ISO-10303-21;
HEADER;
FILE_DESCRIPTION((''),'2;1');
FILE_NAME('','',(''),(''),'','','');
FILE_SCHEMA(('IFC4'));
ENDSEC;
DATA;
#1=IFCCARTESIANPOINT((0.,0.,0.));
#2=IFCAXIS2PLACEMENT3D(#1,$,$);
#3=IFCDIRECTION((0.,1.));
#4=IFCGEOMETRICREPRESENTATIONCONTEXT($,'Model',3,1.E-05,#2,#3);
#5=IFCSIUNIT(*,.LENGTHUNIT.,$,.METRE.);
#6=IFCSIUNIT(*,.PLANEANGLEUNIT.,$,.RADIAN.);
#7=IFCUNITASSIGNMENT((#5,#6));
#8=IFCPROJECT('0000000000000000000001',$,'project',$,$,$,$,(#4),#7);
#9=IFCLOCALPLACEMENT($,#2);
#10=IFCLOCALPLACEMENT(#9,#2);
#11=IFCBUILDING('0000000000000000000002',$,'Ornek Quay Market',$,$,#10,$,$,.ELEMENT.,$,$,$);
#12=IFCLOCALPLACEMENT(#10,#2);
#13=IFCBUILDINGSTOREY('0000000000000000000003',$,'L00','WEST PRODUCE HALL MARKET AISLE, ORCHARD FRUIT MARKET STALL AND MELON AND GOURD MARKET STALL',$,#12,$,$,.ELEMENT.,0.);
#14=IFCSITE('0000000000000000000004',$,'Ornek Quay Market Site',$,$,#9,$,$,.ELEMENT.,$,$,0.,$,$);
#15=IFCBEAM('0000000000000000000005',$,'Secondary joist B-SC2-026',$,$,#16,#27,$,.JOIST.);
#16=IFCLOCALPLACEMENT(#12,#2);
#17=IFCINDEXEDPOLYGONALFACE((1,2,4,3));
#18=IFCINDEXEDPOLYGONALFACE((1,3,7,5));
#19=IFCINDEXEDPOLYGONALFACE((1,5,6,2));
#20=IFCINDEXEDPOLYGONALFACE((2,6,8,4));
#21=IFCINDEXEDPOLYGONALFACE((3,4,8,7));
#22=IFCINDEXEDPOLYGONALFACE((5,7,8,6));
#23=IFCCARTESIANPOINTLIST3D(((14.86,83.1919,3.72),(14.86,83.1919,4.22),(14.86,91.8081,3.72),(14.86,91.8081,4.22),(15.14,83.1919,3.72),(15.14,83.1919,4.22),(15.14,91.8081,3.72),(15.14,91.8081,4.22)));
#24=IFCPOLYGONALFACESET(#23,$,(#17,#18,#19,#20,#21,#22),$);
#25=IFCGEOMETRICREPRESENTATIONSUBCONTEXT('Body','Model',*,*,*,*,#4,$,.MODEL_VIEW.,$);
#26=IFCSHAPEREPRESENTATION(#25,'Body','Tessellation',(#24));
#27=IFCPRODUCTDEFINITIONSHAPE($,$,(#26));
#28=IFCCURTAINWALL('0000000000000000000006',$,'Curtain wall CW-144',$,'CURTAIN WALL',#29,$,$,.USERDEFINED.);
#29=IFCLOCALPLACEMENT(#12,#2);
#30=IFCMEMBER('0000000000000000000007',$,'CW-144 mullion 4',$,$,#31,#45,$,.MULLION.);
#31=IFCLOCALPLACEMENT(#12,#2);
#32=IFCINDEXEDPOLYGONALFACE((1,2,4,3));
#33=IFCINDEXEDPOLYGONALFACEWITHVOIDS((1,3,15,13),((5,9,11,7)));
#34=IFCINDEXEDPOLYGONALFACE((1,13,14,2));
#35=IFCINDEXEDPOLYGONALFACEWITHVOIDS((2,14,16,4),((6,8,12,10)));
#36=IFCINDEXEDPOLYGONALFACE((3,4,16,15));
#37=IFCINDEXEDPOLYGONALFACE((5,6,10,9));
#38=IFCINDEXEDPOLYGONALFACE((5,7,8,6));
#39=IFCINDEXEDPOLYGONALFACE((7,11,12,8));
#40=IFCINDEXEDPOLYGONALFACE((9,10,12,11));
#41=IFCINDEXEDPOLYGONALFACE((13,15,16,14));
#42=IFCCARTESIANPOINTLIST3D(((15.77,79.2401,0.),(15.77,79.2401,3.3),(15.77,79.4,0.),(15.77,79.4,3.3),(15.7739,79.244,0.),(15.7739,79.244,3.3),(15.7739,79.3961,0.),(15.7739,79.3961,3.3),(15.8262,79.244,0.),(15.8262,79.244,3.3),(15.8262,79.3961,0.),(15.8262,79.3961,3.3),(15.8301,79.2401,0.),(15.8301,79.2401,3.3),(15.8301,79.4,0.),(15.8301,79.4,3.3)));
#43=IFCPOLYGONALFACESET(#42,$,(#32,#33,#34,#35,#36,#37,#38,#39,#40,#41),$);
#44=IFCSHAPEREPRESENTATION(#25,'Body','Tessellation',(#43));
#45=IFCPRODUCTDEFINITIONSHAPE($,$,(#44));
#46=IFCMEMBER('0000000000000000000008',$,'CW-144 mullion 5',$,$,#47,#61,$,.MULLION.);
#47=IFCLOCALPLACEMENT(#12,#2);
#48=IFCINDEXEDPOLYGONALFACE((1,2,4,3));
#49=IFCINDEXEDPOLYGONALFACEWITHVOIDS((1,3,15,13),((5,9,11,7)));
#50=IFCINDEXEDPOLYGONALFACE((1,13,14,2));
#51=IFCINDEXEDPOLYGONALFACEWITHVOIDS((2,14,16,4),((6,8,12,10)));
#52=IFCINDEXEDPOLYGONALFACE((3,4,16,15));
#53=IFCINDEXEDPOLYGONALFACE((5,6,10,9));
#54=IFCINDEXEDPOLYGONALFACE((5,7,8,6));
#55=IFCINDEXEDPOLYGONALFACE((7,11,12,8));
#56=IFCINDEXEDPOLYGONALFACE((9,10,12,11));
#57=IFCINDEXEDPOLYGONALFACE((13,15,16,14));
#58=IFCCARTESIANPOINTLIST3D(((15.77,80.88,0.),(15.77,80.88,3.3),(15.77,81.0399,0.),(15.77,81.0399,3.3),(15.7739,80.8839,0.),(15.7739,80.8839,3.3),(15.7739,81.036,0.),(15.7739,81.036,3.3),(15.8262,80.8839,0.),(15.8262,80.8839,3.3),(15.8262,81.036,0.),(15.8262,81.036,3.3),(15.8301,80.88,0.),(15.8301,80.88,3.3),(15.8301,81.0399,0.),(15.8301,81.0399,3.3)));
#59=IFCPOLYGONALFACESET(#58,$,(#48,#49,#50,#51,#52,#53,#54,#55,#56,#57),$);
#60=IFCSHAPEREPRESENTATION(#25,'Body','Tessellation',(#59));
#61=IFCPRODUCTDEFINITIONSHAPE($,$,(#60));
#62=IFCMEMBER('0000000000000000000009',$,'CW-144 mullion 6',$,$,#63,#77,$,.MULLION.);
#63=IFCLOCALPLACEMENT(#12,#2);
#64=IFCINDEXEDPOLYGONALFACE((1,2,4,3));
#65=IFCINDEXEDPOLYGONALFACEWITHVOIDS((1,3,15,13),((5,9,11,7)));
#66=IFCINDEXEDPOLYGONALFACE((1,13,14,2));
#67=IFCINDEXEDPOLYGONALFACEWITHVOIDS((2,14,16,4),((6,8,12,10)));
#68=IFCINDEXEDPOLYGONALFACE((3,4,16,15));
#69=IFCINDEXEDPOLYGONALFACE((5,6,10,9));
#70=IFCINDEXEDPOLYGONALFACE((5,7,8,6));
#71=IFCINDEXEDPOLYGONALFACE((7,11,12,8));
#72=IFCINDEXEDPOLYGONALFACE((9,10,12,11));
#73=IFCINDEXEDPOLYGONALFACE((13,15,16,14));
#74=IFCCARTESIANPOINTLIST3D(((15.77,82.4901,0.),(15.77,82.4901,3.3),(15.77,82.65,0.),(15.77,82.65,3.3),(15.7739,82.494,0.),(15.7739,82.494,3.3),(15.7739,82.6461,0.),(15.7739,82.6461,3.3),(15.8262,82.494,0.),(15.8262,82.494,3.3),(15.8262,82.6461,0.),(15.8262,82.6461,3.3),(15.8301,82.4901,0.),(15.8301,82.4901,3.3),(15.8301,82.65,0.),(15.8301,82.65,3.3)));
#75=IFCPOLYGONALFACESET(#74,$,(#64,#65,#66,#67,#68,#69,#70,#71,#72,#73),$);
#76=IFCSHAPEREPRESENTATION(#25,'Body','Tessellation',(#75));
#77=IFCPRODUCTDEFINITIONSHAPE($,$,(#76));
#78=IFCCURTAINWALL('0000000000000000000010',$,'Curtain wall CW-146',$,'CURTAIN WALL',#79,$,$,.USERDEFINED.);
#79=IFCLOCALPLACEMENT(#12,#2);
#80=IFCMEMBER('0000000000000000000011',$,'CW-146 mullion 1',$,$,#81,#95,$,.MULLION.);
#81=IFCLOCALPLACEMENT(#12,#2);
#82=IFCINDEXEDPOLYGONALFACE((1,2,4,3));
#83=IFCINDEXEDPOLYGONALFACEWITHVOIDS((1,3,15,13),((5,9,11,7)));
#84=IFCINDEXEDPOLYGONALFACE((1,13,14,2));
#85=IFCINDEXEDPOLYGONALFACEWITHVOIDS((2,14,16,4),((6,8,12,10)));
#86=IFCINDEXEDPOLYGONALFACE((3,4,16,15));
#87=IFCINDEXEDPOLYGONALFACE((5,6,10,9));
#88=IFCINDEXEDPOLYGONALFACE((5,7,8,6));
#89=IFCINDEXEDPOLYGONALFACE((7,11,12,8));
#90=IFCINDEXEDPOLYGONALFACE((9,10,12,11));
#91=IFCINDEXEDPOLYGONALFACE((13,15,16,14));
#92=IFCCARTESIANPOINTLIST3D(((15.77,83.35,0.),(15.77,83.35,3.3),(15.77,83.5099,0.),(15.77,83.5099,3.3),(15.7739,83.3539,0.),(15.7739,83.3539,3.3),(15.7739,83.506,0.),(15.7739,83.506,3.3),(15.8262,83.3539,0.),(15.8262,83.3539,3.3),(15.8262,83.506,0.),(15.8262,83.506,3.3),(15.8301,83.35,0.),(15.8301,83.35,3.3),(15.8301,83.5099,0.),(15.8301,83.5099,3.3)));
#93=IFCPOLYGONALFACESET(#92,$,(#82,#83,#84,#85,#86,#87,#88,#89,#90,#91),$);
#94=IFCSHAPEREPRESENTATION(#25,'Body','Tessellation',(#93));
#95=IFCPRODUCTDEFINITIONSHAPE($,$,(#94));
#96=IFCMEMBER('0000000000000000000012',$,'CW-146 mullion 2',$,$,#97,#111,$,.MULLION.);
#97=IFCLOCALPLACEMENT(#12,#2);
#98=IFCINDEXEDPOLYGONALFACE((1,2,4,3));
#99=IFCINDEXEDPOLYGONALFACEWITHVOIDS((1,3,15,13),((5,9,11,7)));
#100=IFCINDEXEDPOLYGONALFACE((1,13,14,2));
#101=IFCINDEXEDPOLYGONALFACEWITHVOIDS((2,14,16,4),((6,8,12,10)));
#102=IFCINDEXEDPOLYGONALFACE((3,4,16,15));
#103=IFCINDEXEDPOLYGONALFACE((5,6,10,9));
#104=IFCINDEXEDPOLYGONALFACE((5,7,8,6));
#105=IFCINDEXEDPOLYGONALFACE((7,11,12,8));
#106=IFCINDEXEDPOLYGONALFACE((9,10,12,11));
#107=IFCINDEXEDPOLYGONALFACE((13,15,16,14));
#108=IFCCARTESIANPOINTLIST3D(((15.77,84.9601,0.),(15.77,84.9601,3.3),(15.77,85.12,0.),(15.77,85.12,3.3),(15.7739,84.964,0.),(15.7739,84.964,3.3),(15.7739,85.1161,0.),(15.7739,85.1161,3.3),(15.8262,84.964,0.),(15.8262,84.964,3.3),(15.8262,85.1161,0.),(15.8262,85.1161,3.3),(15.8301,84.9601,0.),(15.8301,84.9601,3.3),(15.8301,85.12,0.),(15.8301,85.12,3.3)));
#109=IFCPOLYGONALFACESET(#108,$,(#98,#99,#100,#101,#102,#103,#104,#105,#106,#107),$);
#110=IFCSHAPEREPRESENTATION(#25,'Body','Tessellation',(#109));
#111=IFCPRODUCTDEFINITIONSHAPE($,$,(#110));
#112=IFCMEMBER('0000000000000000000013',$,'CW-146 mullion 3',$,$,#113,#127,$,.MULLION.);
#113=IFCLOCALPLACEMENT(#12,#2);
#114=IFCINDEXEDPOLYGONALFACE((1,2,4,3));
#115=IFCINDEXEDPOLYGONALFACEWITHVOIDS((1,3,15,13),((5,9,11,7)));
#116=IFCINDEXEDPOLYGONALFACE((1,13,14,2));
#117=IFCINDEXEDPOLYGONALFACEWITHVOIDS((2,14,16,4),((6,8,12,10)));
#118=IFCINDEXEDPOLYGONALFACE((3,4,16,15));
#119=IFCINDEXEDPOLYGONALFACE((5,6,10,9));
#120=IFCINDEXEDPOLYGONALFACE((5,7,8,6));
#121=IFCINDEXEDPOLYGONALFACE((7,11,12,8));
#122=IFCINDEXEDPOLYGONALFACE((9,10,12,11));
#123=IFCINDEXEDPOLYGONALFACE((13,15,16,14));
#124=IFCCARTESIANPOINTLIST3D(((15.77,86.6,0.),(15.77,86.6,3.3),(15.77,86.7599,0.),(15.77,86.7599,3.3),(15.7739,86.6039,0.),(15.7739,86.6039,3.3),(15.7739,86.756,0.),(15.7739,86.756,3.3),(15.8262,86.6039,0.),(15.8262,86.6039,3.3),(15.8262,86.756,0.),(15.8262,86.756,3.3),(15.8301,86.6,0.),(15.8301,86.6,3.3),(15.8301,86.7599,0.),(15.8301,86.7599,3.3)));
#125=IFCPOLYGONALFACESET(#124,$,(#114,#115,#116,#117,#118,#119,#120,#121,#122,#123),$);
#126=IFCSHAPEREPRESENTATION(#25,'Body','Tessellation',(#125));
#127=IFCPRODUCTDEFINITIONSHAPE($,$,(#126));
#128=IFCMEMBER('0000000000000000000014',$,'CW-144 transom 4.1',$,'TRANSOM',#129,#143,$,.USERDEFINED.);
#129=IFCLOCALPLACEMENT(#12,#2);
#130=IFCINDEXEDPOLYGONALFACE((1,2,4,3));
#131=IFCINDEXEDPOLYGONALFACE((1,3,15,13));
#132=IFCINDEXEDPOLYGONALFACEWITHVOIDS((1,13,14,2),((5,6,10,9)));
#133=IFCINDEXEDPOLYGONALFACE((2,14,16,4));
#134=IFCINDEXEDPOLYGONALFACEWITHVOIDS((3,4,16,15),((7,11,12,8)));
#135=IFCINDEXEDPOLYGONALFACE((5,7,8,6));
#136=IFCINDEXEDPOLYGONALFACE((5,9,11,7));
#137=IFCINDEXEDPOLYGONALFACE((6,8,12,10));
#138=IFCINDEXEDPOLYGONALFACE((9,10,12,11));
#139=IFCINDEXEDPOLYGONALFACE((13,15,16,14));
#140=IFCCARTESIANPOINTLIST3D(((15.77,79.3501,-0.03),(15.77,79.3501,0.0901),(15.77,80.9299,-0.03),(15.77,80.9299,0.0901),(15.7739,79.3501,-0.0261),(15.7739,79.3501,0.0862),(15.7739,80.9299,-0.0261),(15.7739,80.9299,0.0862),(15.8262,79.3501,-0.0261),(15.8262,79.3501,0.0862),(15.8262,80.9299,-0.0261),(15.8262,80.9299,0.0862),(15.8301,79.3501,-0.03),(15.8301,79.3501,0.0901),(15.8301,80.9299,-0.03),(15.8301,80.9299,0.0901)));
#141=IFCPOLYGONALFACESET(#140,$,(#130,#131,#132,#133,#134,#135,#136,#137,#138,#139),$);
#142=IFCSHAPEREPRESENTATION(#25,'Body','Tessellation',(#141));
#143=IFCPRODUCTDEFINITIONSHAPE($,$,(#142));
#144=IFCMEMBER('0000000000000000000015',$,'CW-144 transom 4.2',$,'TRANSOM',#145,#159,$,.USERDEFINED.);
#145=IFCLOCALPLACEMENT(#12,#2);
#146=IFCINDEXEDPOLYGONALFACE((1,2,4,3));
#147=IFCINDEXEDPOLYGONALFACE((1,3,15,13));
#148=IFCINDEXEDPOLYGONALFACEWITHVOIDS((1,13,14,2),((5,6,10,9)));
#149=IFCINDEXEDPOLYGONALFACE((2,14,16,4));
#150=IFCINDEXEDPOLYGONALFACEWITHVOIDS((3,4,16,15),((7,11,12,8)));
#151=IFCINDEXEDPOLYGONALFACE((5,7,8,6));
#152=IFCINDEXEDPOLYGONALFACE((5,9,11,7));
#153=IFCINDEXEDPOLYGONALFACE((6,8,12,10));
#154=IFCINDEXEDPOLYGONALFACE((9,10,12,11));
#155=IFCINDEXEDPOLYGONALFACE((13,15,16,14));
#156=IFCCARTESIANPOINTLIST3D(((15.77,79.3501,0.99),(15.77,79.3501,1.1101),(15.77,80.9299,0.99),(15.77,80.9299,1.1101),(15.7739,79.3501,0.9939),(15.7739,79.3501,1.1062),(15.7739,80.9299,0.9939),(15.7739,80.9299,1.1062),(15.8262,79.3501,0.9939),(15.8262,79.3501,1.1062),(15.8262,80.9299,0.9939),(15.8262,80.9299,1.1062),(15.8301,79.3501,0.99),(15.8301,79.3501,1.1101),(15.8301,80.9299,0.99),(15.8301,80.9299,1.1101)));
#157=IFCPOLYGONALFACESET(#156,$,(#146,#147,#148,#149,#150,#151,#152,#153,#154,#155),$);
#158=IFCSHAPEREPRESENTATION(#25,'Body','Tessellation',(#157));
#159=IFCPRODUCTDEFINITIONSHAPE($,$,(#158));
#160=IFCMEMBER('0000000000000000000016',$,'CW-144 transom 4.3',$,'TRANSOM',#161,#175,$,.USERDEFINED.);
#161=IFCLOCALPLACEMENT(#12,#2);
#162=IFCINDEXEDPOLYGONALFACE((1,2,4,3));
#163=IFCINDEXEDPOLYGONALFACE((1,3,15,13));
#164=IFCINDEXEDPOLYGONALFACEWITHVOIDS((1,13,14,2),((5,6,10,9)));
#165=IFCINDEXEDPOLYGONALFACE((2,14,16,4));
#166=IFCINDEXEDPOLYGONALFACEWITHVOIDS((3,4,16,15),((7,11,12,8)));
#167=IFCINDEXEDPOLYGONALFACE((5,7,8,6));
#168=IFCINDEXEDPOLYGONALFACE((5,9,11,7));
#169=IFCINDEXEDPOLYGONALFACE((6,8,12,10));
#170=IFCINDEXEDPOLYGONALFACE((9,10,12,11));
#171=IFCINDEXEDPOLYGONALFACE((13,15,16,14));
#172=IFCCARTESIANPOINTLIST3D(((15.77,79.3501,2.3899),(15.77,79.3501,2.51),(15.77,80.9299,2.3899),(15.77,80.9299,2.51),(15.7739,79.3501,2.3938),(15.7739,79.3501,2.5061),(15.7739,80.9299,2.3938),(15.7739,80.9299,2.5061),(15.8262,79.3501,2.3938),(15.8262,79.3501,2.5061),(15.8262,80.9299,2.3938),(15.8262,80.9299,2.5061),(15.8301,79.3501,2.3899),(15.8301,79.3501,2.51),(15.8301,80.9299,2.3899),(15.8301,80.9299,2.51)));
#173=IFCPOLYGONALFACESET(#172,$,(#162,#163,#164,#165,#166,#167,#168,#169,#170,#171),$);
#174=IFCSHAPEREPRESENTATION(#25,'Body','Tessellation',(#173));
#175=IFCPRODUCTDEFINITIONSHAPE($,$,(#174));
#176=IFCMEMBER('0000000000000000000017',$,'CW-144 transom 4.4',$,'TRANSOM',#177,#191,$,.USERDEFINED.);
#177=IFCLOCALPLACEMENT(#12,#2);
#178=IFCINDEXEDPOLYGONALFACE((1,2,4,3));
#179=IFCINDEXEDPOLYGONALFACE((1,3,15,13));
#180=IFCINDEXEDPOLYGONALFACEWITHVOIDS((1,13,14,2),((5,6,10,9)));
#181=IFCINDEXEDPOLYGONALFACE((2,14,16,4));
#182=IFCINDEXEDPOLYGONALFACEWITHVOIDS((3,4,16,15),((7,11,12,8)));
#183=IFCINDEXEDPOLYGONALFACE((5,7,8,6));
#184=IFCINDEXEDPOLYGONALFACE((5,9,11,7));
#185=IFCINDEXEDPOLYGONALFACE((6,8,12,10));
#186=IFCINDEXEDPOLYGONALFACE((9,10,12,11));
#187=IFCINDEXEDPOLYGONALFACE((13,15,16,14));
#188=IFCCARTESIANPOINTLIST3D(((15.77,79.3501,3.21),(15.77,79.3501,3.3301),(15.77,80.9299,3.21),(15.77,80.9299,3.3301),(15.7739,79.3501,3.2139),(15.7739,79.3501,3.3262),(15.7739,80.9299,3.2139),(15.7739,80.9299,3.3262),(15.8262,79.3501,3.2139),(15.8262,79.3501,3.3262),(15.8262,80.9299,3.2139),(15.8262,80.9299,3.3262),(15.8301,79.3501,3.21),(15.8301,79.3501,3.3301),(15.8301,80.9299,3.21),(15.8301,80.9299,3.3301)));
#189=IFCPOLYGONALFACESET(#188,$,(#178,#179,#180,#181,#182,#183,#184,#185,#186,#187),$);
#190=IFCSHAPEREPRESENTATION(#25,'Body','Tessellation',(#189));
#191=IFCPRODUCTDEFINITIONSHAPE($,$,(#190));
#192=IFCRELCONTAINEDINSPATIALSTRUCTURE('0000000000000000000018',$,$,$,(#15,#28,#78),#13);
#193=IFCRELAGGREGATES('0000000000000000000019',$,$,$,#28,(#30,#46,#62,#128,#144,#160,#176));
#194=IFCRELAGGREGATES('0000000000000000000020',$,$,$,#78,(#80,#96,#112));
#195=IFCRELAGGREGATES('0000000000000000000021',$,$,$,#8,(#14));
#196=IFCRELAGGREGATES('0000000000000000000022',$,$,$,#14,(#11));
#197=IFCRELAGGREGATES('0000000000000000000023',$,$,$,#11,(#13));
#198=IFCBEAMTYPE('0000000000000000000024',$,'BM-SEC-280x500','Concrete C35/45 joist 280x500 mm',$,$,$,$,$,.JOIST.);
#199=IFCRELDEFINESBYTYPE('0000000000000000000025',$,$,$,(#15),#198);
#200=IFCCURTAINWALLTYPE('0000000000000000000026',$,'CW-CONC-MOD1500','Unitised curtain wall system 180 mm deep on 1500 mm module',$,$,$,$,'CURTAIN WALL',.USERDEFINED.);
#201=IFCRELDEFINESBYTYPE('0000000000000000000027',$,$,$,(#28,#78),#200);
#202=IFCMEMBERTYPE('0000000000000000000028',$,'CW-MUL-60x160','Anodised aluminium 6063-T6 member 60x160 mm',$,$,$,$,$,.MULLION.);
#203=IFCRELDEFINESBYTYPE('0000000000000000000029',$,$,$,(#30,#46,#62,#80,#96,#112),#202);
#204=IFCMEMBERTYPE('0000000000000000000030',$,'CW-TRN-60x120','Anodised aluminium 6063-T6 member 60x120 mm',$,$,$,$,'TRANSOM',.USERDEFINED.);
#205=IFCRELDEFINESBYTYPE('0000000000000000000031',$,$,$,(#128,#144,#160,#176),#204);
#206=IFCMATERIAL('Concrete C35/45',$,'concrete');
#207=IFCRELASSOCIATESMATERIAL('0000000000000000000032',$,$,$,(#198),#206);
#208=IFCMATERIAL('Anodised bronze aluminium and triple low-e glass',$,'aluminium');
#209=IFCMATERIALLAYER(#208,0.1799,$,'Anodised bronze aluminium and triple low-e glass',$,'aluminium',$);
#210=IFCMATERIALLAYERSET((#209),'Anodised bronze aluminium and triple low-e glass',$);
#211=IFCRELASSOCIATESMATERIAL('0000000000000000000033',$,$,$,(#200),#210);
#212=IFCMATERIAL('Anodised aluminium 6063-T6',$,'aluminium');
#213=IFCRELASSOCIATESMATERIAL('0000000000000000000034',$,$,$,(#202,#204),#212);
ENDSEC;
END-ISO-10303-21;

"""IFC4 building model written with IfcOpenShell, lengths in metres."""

from ifc_helpers import new_model, si_unit, direction, frame, origin, origin_2d, place, context, subcontext, project, spatial, rectangle, hollow_rectangle, extrude, material, layer, layer_set, material_profile, profile_set, type_object, element, aggregate, save


model = new_model("IFC4")

# Units and contexts
model_context = context("Model", 3, precision=1e-05, world=origin(), true_north=direction((0.0, 1.0)))
body_context = subcontext(model_context, "Body", "Model", "MODEL_VIEW")
ifc_project = project(units=[si_unit("LENGTHUNIT", "METRE"), si_unit("PLANEANGLEUNIT", "RADIAN")], contexts=[model_context])

# Site, building, storey
site_placement = place(None, origin())
site = spatial("IfcSite", under=ifc_project, at=site_placement, Name="Ornek Quay Market Site", CompositionType="ELEMENT", RefElevation=0.0)
building_placement = place(site_placement, origin())
building = spatial("IfcBuilding", under=site, at=building_placement, Name="Ornek Quay Market", CompositionType="ELEMENT")
storey_placement = place(building_placement, origin())
storey = spatial("IfcBuildingStorey", under=building, at=storey_placement, Name="L00", Description="WEST PRODUCE HALL MARKET AISLE, ORCHARD FRUIT MARKET STALL AND MELON AND GOURD MARKET STALL", CompositionType="ELEMENT", Elevation=0.0)

# Beam
ifc_material_1 = material(Name="Concrete C35/45", Category="concrete")
ifc_material_profile_1 = material_profile(ifc_material_1, rectangle(XDim=0.28, YDim=0.5, at=origin_2d()), Name="RC 280x500", Category="concrete")
ifc_profile_set_1 = profile_set([ifc_material_profile_1], Name="Concrete C35/45")
beam_type = type_object("IfcBeamType", Name="BM-SEC-280x500", Description="Concrete C35/45 joist 280x500 mm", PredefinedType="JOIST", material=ifc_profile_set_1)
beam_placement = place(storey_placement, frame((15.0, 83.1919, 3.97), z_axis=(0.0, 1.0, 0.0), x_axis=(-1.0, 0.0, 0.0)))
element("IfcBeam", 1, at=beam_placement, inside=storey, type_object=beam_type, Name="Secondary joist B-SC2-026", PredefinedType="JOIST", context=body_context, shape_type="SweptSolid", body=[
    extrude(rectangle(XDim=0.28, YDim=0.5, at=origin_2d()), origin(), (0.0, 0.0, 1.0), 8.6162),
])

# Curtain walls, members
ifc_material_2 = material(Name="Anodised bronze aluminium and triple low-e glass", Category="aluminium")
ifc_layer_1 = layer(ifc_material_2, 0.1799, Name="Anodised bronze aluminium and triple low-e glass", Category="aluminium")
ifc_layer_set_1 = layer_set([ifc_layer_1], Name="Anodised bronze aluminium and triple low-e glass")
curtain_wall_type = type_object("IfcCurtainWallType", Name="CW-CONC-MOD1500", Description="Unitised curtain wall system 180 mm deep on 1500 mm module", ElementType="CURTAIN WALL", PredefinedType="USERDEFINED", material=ifc_layer_set_1)
curtain_wall_1_placement = place(storey_placement, origin())
curtain_wall_1 = element("IfcCurtainWall", 2, at=curtain_wall_1_placement, inside=storey, type_object=curtain_wall_type, Name="Curtain wall CW-144", ObjectType="CURTAIN WALL", PredefinedType="USERDEFINED")
ifc_material_3 = material(Name="Anodised aluminium 6063-T6", Category="aluminium")
ifc_material_profile_2 = material_profile(ifc_material_3, hollow_rectangle(XDim=0.0601, YDim=0.1599, WallThickness=0.0039, at=origin_2d()), Name="CW-MUL-60x160", Category="aluminium")
ifc_profile_set_2 = profile_set([ifc_material_profile_2], Name="Anodised aluminium 6063-T6")
member_type_1 = type_object("IfcMemberType", Name="CW-MUL-60x160", Description="Anodised aluminium 6063-T6 member 60x160 mm", PredefinedType="MULLION", material=ifc_profile_set_2)
member_1_placement = place(storey_placement, frame((15.8, 79.3201, 0.0), z_axis=(0.0, 0.0, 1.0), x_axis=(-1.0, 0.0, 0.0)))
member_1 = element("IfcMember", 3, at=member_1_placement, type_object=member_type_1, Name="CW-144 mullion 4", PredefinedType="MULLION", context=body_context, shape_type="SweptSolid", body=[
    extrude(hollow_rectangle(XDim=0.0601, YDim=0.1599, WallThickness=0.0039, at=origin_2d()), origin(), (0.0, 0.0, 1.0), 3.3),
])
member_2_placement = place(storey_placement, frame((15.8, 80.96, 0.0), z_axis=(0.0, 0.0, 1.0), x_axis=(-1.0, 0.0, 0.0)))
member_2 = element("IfcMember", 4, at=member_2_placement, type_object=member_type_1, Name="CW-144 mullion 5", PredefinedType="MULLION", context=body_context, shape_type="SweptSolid", body=[
    extrude(hollow_rectangle(XDim=0.0601, YDim=0.1599, WallThickness=0.0039, at=origin_2d()), origin(), (0.0, 0.0, 1.0), 3.3),
])
member_3_placement = place(storey_placement, frame((15.8, 82.5701, 0.0), z_axis=(0.0, 0.0, 1.0), x_axis=(-1.0, 0.0, 0.0)))
member_3 = element("IfcMember", 5, at=member_3_placement, type_object=member_type_1, Name="CW-144 mullion 6", PredefinedType="MULLION", context=body_context, shape_type="SweptSolid", body=[
    extrude(hollow_rectangle(XDim=0.0601, YDim=0.1599, WallThickness=0.0039, at=origin_2d()), origin(), (0.0, 0.0, 1.0), 3.3),
])
curtain_wall_2_placement = place(storey_placement, origin())
curtain_wall_2 = element("IfcCurtainWall", 6, at=curtain_wall_2_placement, inside=storey, type_object=curtain_wall_type, Name="Curtain wall CW-146", ObjectType="CURTAIN WALL", PredefinedType="USERDEFINED")
member_4_placement = place(storey_placement, frame((15.8, 83.4299, 0.0), z_axis=(0.0, 0.0, 1.0), x_axis=(-1.0, 0.0, 0.0)))
member_4 = element("IfcMember", 7, at=member_4_placement, type_object=member_type_1, Name="CW-146 mullion 1", PredefinedType="MULLION", context=body_context, shape_type="SweptSolid", body=[
    extrude(hollow_rectangle(XDim=0.0601, YDim=0.1599, WallThickness=0.0039, at=origin_2d()), origin(), (0.0, 0.0, 1.0), 3.3),
])
member_5_placement = place(storey_placement, frame((15.8, 85.04, 0.0), z_axis=(0.0, 0.0, 1.0), x_axis=(-1.0, 0.0, 0.0)))
member_5 = element("IfcMember", 8, at=member_5_placement, type_object=member_type_1, Name="CW-146 mullion 2", PredefinedType="MULLION", context=body_context, shape_type="SweptSolid", body=[
    extrude(hollow_rectangle(XDim=0.0601, YDim=0.1599, WallThickness=0.0039, at=origin_2d()), origin(), (0.0, 0.0, 1.0), 3.3),
])
member_6_placement = place(storey_placement, frame((15.8, 86.6799, 0.0), z_axis=(0.0, 0.0, 1.0), x_axis=(-1.0, 0.0, 0.0)))
member_6 = element("IfcMember", 9, at=member_6_placement, type_object=member_type_1, Name="CW-146 mullion 3", PredefinedType="MULLION", context=body_context, shape_type="SweptSolid", body=[
    extrude(hollow_rectangle(XDim=0.0601, YDim=0.1599, WallThickness=0.0039, at=origin_2d()), origin(), (0.0, 0.0, 1.0), 3.3),
])

# Members
ifc_material_profile_3 = material_profile(ifc_material_3, hollow_rectangle(XDim=0.0601, YDim=0.1201, WallThickness=0.0039, at=origin_2d()), Name="CW-TRN-60x120", Category="aluminium")
ifc_profile_set_3 = profile_set([ifc_material_profile_3], Name="Anodised aluminium 6063-T6")
member_type_2 = type_object("IfcMemberType", Name="CW-TRN-60x120", Description="Anodised aluminium 6063-T6 member 60x120 mm", ElementType="TRANSOM", PredefinedType="USERDEFINED", material=ifc_profile_set_3)
member_7_placement = place(storey_placement, frame((15.8, 79.3501, 0.03), z_axis=(0.0, 1.0, 0.0), x_axis=(-1.0, 0.0, 0.0)))
member_7 = element("IfcMember", 10, at=member_7_placement, type_object=member_type_2, Name="CW-144 transom 4.1", ObjectType="TRANSOM", PredefinedType="USERDEFINED", context=body_context, shape_type="SweptSolid", body=[
    extrude(hollow_rectangle(XDim=0.0601, YDim=0.1201, WallThickness=0.0039, at=origin_2d()), origin(), (0.0, 0.0, 1.0), 1.5798),
])
member_8_placement = place(storey_placement, frame((15.8, 79.3501, 1.05), z_axis=(0.0, 1.0, 0.0), x_axis=(-1.0, 0.0, 0.0)))
member_8 = element("IfcMember", 11, at=member_8_placement, type_object=member_type_2, Name="CW-144 transom 4.2", ObjectType="TRANSOM", PredefinedType="USERDEFINED", context=body_context, shape_type="SweptSolid", body=[
    extrude(hollow_rectangle(XDim=0.0601, YDim=0.1201, WallThickness=0.0039, at=origin_2d()), origin(), (0.0, 0.0, 1.0), 1.5798),
])
member_9_placement = place(storey_placement, frame((15.8, 79.3501, 2.45), z_axis=(0.0, 1.0, 0.0), x_axis=(-1.0, 0.0, 0.0)))
member_9 = element("IfcMember", 12, at=member_9_placement, type_object=member_type_2, Name="CW-144 transom 4.3", ObjectType="TRANSOM", PredefinedType="USERDEFINED", context=body_context, shape_type="SweptSolid", body=[
    extrude(hollow_rectangle(XDim=0.0601, YDim=0.1201, WallThickness=0.0039, at=origin_2d()), origin(), (0.0, 0.0, 1.0), 1.5798),
])
member_10_placement = place(storey_placement, frame((15.8, 79.3501, 3.27), z_axis=(0.0, 1.0, 0.0), x_axis=(-1.0, 0.0, 0.0)))
member_10 = element("IfcMember", 13, at=member_10_placement, type_object=member_type_2, Name="CW-144 transom 4.4", ObjectType="TRANSOM", PredefinedType="USERDEFINED", context=body_context, shape_type="SweptSolid", body=[
    extrude(hollow_rectangle(XDim=0.0601, YDim=0.1201, WallThickness=0.0039, at=origin_2d()), origin(), (0.0, 0.0, 1.0), 1.5798),
])

aggregate(curtain_wall_1, [member_1, member_2, member_3, member_7, member_8, member_9, member_10])
aggregate(curtain_wall_2, [member_4, member_5, member_6])

save(model, "model.ifc")
